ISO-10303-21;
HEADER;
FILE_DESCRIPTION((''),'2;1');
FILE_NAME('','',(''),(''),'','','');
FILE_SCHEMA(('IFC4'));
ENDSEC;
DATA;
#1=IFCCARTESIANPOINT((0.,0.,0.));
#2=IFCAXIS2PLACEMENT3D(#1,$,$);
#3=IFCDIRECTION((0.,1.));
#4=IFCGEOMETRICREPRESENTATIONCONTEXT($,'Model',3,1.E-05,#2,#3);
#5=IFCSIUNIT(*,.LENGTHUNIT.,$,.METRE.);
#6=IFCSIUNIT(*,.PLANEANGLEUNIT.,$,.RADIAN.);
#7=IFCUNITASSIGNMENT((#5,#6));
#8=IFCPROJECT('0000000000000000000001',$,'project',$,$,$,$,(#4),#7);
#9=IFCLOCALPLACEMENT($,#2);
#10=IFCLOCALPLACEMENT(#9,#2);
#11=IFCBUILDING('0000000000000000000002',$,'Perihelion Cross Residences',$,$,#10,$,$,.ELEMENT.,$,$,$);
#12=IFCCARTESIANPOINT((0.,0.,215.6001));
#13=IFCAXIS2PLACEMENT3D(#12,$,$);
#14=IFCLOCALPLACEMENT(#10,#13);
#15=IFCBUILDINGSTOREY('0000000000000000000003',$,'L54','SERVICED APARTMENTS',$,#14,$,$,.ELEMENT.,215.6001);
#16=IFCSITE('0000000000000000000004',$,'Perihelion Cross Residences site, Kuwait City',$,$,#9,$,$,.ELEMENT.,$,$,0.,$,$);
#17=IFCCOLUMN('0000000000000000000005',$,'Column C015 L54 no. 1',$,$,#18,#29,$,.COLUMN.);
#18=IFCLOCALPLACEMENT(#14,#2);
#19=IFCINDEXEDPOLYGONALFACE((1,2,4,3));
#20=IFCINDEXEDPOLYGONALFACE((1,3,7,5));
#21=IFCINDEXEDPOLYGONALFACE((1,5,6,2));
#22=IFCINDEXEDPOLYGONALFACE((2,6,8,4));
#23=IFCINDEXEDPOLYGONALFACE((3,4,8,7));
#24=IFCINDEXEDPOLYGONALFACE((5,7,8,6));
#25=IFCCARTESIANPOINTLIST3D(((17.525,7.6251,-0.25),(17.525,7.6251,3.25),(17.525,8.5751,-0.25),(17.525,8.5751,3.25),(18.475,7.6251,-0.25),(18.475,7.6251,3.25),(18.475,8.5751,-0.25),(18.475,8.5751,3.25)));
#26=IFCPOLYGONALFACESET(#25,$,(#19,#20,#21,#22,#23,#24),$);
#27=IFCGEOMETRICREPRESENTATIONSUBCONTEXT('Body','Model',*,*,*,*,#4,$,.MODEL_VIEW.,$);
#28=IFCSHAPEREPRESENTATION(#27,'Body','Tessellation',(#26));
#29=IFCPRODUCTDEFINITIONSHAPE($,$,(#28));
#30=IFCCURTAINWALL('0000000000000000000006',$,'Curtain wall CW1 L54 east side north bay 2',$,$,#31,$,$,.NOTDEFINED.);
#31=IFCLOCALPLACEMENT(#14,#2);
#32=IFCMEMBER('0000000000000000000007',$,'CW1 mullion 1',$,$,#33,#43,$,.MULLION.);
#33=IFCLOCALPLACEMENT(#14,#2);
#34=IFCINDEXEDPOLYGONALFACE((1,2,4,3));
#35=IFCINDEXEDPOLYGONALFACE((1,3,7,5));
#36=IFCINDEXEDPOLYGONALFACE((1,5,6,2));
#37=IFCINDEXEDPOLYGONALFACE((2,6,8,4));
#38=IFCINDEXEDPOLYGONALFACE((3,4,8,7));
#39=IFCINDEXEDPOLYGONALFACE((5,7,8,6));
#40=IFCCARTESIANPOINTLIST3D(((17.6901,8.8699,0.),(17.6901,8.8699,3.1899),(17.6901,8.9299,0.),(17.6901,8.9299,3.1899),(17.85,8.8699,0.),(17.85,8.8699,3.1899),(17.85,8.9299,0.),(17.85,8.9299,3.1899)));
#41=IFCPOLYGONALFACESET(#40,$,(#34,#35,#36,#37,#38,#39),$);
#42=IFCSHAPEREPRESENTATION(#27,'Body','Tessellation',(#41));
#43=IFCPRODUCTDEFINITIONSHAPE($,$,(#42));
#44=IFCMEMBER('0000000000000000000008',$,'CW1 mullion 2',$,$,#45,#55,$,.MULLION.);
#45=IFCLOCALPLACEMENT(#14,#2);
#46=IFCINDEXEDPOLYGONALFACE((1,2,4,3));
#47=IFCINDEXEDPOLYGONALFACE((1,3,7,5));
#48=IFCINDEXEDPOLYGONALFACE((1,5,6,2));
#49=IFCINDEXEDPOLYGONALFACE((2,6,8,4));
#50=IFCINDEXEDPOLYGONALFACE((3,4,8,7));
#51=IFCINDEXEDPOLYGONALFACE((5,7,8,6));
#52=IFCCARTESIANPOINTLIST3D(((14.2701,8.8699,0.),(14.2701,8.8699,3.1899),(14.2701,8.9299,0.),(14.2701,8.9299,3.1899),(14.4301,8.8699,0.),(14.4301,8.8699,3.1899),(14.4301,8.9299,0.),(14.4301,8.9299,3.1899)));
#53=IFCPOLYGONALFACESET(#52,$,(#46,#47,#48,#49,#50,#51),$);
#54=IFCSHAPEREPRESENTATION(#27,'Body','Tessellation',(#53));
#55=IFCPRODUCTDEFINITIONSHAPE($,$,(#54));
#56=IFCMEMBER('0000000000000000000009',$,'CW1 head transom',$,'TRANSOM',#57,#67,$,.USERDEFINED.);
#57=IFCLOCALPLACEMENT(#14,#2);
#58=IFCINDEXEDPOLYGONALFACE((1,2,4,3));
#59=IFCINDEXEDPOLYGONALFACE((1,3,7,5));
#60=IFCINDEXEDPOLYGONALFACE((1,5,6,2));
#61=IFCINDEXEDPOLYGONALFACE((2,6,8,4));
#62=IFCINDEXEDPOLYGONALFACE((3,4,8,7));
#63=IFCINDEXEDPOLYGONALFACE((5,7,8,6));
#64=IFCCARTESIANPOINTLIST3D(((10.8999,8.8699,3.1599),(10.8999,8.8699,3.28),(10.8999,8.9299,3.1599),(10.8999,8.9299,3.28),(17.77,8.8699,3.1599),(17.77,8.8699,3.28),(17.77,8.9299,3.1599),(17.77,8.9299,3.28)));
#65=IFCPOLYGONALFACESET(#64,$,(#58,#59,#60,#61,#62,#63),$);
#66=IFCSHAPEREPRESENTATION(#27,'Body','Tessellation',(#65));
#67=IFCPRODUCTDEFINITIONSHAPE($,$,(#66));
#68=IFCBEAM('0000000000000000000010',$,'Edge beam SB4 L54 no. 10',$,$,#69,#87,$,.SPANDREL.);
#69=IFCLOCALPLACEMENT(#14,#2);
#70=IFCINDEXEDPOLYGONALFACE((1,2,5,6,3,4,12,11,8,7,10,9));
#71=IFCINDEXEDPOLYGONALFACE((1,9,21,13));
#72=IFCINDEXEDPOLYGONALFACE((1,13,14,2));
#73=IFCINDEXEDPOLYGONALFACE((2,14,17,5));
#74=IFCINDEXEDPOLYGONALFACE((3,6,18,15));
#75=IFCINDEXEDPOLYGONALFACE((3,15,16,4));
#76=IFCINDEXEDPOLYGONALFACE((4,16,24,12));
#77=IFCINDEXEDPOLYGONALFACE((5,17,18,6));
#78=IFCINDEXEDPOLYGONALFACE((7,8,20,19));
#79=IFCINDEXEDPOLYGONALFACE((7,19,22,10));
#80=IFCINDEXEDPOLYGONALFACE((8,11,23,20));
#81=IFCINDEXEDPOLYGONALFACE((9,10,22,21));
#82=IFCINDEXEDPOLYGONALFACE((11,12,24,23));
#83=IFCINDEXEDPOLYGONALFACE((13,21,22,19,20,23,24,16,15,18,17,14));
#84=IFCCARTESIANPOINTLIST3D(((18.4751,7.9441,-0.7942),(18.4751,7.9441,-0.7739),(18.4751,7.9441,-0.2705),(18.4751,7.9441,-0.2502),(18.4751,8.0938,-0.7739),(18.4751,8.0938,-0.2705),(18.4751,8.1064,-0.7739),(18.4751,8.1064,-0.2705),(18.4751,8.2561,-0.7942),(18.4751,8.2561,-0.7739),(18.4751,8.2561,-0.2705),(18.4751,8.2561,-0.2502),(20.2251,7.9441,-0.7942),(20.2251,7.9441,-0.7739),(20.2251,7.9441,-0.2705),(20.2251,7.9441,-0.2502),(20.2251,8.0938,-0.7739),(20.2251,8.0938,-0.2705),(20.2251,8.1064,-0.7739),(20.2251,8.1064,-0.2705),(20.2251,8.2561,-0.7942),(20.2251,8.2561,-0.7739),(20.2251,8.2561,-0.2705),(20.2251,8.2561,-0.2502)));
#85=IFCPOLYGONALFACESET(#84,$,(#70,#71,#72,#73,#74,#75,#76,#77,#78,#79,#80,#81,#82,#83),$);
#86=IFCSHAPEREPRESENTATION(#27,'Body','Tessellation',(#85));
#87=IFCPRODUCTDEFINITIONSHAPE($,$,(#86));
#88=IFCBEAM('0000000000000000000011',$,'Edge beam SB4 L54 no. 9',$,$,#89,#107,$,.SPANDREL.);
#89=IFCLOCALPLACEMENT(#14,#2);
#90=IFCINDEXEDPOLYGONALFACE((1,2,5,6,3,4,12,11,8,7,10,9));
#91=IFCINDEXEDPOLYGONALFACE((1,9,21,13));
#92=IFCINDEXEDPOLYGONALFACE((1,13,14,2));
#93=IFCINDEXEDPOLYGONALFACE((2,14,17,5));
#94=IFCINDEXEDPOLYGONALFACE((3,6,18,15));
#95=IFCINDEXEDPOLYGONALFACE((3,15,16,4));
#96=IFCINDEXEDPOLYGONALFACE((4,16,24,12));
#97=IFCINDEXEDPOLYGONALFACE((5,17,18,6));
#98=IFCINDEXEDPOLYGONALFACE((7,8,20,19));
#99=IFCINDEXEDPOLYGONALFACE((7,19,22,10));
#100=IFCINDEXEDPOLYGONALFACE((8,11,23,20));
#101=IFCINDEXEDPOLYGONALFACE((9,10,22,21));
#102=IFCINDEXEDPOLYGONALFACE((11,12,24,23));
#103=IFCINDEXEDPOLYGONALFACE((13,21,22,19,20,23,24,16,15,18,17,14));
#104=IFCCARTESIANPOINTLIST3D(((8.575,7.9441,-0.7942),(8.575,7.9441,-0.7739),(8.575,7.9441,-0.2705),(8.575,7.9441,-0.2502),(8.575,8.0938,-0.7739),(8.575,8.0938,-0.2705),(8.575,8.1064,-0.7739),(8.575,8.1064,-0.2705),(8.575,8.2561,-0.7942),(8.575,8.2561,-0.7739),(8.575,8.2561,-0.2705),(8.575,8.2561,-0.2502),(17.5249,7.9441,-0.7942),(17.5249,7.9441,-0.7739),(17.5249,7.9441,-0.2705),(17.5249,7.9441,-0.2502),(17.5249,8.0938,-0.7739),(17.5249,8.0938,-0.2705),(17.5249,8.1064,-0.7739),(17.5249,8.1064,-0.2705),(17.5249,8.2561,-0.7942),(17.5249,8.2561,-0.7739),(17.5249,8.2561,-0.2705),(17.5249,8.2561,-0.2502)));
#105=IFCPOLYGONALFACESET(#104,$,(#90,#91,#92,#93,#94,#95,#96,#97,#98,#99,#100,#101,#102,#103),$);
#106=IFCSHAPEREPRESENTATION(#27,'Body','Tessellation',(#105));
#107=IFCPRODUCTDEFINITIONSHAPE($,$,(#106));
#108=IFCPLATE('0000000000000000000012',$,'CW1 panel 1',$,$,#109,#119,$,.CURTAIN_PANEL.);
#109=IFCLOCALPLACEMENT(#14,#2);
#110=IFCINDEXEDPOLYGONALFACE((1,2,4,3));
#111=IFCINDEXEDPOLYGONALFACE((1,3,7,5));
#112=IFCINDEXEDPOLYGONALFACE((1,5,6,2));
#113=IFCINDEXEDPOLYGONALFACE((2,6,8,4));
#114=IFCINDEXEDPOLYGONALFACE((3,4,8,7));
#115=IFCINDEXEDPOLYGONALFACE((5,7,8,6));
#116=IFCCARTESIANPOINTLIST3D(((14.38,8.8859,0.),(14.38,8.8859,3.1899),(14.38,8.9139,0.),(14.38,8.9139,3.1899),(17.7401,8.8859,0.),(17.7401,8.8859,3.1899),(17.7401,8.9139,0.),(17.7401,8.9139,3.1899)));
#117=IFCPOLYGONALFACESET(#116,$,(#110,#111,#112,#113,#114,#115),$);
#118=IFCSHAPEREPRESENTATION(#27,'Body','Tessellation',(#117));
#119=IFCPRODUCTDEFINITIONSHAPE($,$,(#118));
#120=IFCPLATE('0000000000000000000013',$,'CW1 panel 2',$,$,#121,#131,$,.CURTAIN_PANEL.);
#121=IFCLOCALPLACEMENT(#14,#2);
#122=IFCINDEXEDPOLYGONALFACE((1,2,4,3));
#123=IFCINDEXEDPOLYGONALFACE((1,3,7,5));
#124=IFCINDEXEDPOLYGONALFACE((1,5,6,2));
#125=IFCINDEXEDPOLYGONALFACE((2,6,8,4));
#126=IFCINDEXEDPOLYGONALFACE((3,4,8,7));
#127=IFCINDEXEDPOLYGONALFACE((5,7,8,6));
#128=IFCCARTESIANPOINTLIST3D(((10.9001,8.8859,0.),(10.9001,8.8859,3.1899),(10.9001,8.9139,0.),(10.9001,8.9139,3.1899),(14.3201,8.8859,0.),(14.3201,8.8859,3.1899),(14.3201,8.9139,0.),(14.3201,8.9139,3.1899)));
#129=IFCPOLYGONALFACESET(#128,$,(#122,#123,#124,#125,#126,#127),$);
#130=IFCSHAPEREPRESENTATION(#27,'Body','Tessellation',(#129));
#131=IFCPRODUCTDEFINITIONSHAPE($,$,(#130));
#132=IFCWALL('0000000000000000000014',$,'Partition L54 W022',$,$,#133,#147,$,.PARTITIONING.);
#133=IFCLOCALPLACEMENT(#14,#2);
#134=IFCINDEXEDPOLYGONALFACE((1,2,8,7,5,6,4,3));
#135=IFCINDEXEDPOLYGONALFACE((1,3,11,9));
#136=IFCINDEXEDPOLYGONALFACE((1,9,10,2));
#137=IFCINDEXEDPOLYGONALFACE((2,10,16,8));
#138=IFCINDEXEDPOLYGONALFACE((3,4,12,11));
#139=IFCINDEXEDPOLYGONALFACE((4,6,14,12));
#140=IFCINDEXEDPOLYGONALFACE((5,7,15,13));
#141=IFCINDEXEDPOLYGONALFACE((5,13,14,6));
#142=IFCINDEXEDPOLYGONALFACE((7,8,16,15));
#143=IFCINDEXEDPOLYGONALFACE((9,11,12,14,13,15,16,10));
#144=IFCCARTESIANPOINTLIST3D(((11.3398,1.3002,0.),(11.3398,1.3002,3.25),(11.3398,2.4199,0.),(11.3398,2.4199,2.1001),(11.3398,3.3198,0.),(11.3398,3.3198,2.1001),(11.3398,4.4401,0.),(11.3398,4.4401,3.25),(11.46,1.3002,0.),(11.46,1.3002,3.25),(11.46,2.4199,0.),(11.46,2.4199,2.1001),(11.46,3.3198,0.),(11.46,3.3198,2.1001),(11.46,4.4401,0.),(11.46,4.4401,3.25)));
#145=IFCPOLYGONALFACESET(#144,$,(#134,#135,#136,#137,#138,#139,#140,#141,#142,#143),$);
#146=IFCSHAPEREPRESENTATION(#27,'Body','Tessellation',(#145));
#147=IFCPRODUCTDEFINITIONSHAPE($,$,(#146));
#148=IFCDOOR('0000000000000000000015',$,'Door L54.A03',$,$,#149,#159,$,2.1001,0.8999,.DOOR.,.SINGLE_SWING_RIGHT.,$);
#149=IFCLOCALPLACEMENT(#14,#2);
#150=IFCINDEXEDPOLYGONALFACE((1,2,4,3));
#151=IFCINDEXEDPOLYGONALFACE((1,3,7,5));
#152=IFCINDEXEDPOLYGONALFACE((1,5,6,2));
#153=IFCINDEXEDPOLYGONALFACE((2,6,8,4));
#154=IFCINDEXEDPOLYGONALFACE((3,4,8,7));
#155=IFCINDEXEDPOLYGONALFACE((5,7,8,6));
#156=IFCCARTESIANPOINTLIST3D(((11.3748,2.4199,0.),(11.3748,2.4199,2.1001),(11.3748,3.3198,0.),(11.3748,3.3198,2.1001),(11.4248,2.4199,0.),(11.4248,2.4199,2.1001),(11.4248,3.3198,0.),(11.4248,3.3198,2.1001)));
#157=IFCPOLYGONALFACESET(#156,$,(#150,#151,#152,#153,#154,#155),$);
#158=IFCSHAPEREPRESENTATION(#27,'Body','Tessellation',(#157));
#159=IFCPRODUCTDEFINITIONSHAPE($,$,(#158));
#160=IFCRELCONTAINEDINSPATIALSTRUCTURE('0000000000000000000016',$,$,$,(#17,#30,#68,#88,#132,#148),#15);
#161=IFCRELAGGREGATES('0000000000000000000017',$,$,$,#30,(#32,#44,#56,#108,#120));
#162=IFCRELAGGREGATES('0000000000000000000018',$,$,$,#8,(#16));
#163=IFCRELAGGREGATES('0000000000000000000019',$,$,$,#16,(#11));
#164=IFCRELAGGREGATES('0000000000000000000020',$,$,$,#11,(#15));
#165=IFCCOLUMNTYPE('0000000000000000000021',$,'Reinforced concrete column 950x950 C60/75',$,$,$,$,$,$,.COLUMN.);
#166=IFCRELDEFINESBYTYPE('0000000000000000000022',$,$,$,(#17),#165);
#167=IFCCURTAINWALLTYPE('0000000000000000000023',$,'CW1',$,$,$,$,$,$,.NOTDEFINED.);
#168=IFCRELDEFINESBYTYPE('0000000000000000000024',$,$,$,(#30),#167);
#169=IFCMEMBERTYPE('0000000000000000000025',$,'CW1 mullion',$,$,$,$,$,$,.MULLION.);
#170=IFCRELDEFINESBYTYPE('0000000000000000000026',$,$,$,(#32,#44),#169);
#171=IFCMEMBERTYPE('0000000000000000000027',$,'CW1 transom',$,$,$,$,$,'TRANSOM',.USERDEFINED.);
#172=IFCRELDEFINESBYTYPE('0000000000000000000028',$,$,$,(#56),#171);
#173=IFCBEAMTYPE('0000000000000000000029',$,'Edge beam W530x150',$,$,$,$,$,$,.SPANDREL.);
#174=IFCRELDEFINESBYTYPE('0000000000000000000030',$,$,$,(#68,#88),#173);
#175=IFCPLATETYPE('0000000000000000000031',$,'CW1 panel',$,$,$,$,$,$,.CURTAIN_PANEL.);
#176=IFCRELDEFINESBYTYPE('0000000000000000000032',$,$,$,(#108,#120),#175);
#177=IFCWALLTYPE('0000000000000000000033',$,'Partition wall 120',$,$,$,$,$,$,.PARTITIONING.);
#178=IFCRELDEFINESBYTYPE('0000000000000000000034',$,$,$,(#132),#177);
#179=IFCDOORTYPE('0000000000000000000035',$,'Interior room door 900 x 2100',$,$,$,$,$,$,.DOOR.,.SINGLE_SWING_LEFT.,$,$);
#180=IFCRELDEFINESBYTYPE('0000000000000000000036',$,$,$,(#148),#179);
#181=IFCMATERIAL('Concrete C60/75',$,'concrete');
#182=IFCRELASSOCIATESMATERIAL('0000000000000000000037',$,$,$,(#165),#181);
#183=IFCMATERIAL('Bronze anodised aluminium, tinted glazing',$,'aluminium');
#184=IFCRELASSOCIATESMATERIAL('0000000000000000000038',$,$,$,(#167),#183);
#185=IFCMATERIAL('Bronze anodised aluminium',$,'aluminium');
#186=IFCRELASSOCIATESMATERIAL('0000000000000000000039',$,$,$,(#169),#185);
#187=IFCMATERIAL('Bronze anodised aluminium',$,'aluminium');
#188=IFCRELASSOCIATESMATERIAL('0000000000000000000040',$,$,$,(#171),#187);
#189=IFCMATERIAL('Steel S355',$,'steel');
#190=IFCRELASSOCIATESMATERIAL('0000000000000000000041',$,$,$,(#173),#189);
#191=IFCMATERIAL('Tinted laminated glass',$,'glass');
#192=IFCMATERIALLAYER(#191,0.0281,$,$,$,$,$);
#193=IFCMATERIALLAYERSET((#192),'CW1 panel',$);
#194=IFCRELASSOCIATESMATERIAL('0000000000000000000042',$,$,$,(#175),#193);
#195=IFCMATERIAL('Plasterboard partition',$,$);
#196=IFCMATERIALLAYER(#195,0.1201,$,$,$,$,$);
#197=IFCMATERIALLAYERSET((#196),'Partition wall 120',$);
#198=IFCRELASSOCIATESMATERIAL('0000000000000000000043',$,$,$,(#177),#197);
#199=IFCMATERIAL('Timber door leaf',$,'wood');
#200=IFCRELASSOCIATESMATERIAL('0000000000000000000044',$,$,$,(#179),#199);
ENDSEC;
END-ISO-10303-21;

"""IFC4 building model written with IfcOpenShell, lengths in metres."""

from ifc_helpers import new_model, si_unit, direction, frame, frame_2d, origin, origin_2d, place, context, subcontext, project, spatial, rectangle, i_section, extrude, material, layer, layer_set, material_profile, profile_set, type_object, element, fill, aggregate, save


model = new_model("IFC4")

# Units and contexts
model_context = context("Model", 3, precision=1e-05, world=origin(), true_north=direction((0.0, 1.0)))
body_context = subcontext(model_context, "Body", "Model", "MODEL_VIEW")
ifc_project = project(units=[si_unit("LENGTHUNIT", "METRE"), si_unit("PLANEANGLEUNIT", "RADIAN")], contexts=[model_context])

# Site, building, storey
site_placement = place(None, origin())
site = spatial("IfcSite", under=ifc_project, at=site_placement, Name="Perihelion Cross Residences site, Kuwait City", CompositionType="ELEMENT", RefElevation=0.0)
building_placement = place(site_placement, origin())
building = spatial("IfcBuilding", under=site, at=building_placement, Name="Perihelion Cross Residences", CompositionType="ELEMENT")
storey_placement = place(building_placement, frame((0.0, 0.0, 215.6001)))
storey = spatial("IfcBuildingStorey", under=building, at=storey_placement, Name="L54", Description="SERVICED APARTMENTS", CompositionType="ELEMENT", Elevation=215.6001)

# Column
ifc_material_1 = material(Name="Concrete C60/75", Category="concrete")
ifc_material_profile_1 = material_profile(ifc_material_1, rectangle(XDim=0.95, YDim=0.95, at=origin_2d()), Name="RC 950x950")
ifc_profile_set_1 = profile_set([ifc_material_profile_1], Name="Concrete C60/75")
column_type = type_object("IfcColumnType", Name="Reinforced concrete column 950x950 C60/75", PredefinedType="COLUMN", material=ifc_profile_set_1)
column_placement = place(storey_placement, frame((18.0, 8.1001, -0.25), z_axis=(0.0, 0.0, 1.0), x_axis=(1.0, 0.0, 0.0)))
element("IfcColumn", 1, at=column_placement, inside=storey, type_object=column_type, Name="Column C015 L54 no. 1", PredefinedType="COLUMN", context=body_context, shape_type="SweptSolid", body=[
    extrude(rectangle(XDim=0.95, YDim=0.95, at=origin_2d()), origin(), (0.0, 0.0, 1.0), 3.5),
])

# Curtain wall, members
ifc_material_2 = material(Name="Bronze anodised aluminium, tinted glazing", Category="aluminium")
curtain_wall_type = type_object("IfcCurtainWallType", Name="CW1", PredefinedType="NOTDEFINED", material=ifc_material_2)
curtain_wall_placement = place(storey_placement, origin())
curtain_wall = element("IfcCurtainWall", 2, at=curtain_wall_placement, inside=storey, type_object=curtain_wall_type, Name="Curtain wall CW1 L54 east side north bay 2", PredefinedType="NOTDEFINED")
ifc_material_3 = material(Name="Bronze anodised aluminium", Category="aluminium")
ifc_material_profile_2 = material_profile(ifc_material_3, rectangle(XDim=0.0601, YDim=0.1599, at=origin_2d()), Name="CW1 mullion")
ifc_profile_set_2 = profile_set([ifc_material_profile_2], Name="Bronze anodised aluminium")
member_type_1 = type_object("IfcMemberType", Name="CW1 mullion", PredefinedType="MULLION", material=ifc_profile_set_2)
member_1_placement = place(storey_placement, frame((17.77, 8.8999, 0.0), z_axis=(0.0, 0.0, 1.0), x_axis=(0.0, -1.0, 0.0)))
member_1 = element("IfcMember", 3, at=member_1_placement, type_object=member_type_1, Name="CW1 mullion 1", PredefinedType="MULLION", context=body_context, shape_type="SweptSolid", body=[
    extrude(rectangle(XDim=0.0601, YDim=0.1599, at=origin_2d()), origin(), (0.0, 0.0, 1.0), 3.1899),
])
member_2_placement = place(storey_placement, frame((14.3501, 8.8999, 0.0), z_axis=(0.0, 0.0, 1.0), x_axis=(0.0, -1.0, 0.0)))
member_2 = element("IfcMember", 4, at=member_2_placement, type_object=member_type_1, Name="CW1 mullion 2", PredefinedType="MULLION", context=body_context, shape_type="SweptSolid", body=[
    extrude(rectangle(XDim=0.0601, YDim=0.1599, at=origin_2d()), origin(), (0.0, 0.0, 1.0), 3.1899),
])
ifc_material_4 = material(Name="Bronze anodised aluminium", Category="aluminium")
ifc_material_profile_3 = material_profile(ifc_material_4, rectangle(XDim=0.0601, YDim=0.1201, at=origin_2d()), Name="CW1 transom")
ifc_profile_set_3 = profile_set([ifc_material_profile_3], Name="Bronze anodised aluminium")
member_type_2 = type_object("IfcMemberType", Name="CW1 transom", ElementType="TRANSOM", PredefinedType="USERDEFINED", material=ifc_profile_set_3)
member_3_placement = place(storey_placement, frame((17.77, 8.8999, 3.22), z_axis=(-1.0, 0.0, 0.0), x_axis=(0.0, -1.0, 0.0)))
member_3 = element("IfcMember", 5, at=member_3_placement, type_object=member_type_2, Name="CW1 head transom", ObjectType="TRANSOM", PredefinedType="USERDEFINED", context=body_context, shape_type="SweptSolid", body=[
    extrude(rectangle(XDim=0.0601, YDim=0.1201, at=origin_2d()), origin(), (0.0, 0.0, 1.0), 6.8701),
])

# Beams
ifc_material_5 = material(Name="Steel S355", Category="steel")
ifc_material_profile_4 = material_profile(ifc_material_5, i_section(OverallWidth=0.312, OverallDepth=0.5439, WebThickness=0.0127, FlangeThickness=0.0203, at=origin_2d()), Name="W530x150")
ifc_profile_set_4 = profile_set([ifc_material_profile_4], Name="Steel S355")
beam_type = type_object("IfcBeamType", Name="Edge beam W530x150", PredefinedType="SPANDREL", material=ifc_profile_set_4)
beam_1_placement = place(storey_placement, frame((20.2251, 8.1001, -0.5222), z_axis=(-1.0, 0.0, 0.0), x_axis=(0.0, -1.0, 0.0)))
element("IfcBeam", 6, at=beam_1_placement, inside=storey, type_object=beam_type, Name="Edge beam SB4 L54 no. 10", PredefinedType="SPANDREL", context=body_context, shape_type="SweptSolid", body=[
    extrude(i_section(OverallWidth=0.312, OverallDepth=0.5439, WebThickness=0.0127, FlangeThickness=0.0203, at=origin_2d()), origin(), (0.0, 0.0, 1.0), 1.75),
])
beam_2_placement = place(storey_placement, frame((17.5249, 8.1001, -0.5222), z_axis=(-1.0, 0.0, 0.0), x_axis=(0.0, -1.0, 0.0)))
element("IfcBeam", 7, at=beam_2_placement, inside=storey, type_object=beam_type, Name="Edge beam SB4 L54 no. 9", PredefinedType="SPANDREL", context=body_context, shape_type="SweptSolid", body=[
    extrude(i_section(OverallWidth=0.312, OverallDepth=0.5439, WebThickness=0.0127, FlangeThickness=0.0203, at=origin_2d()), origin(), (0.0, 0.0, 1.0), 8.95),
])

# Plates
ifc_material_6 = material(Name="Tinted laminated glass", Category="glass")
ifc_layer_1 = layer(ifc_material_6, 0.0281)
ifc_layer_set_1 = layer_set([ifc_layer_1], Name="CW1 panel")
plate_type = type_object("IfcPlateType", Name="CW1 panel", PredefinedType="CURTAIN_PANEL", material=ifc_layer_set_1)
plate_1_placement = place(storey_placement, frame((16.0601, 8.8999, 0.0), z_axis=(0.0, 0.0, 1.0), x_axis=(-1.0, 0.0, 0.0)))
plate_1 = element("IfcPlate", 8, at=plate_1_placement, type_object=plate_type, Name="CW1 panel 1", PredefinedType="CURTAIN_PANEL", context=body_context, shape_type="SweptSolid", body=[
    extrude(rectangle(XDim=3.3601, YDim=0.0281, at=origin_2d()), origin(), (0.0, 0.0, 1.0), 3.1899),
])
plate_2_placement = place(storey_placement, frame((12.6101, 8.8999, 0.0), z_axis=(0.0, 0.0, 1.0), x_axis=(-1.0, 0.0, 0.0)))
plate_2 = element("IfcPlate", 9, at=plate_2_placement, type_object=plate_type, Name="CW1 panel 2", PredefinedType="CURTAIN_PANEL", context=body_context, shape_type="SweptSolid", body=[
    extrude(rectangle(XDim=3.4199, YDim=0.0281, at=origin_2d()), origin(), (0.0, 0.0, 1.0), 3.1899),
])
aggregate(curtain_wall, [member_1, member_2, member_3, plate_1, plate_2])

# Wall, opening, door
ifc_material_7 = material(Name="Plasterboard partition")
ifc_layer_2 = layer(ifc_material_7, 0.1201)
ifc_layer_set_2 = layer_set([ifc_layer_2], Name="Partition wall 120")
wall_type_1 = type_object("IfcWallType", Name="Partition wall 120", PredefinedType="PARTITIONING", material=ifc_layer_set_2)
wall_1_placement = place(storey_placement, frame((11.3999, 4.4399, 0.0), z_axis=(0.0, 0.0, 1.0), x_axis=(0.0, -1.0, 0.0)))
wall_1 = element("IfcWall", 10, at=wall_1_placement, inside=storey, type_object=wall_type_1, Name="Partition L54 W022", PredefinedType="PARTITIONING", context=body_context, shape_type="SweptSolid", body=[
    extrude(rectangle(XDim=3.1399, YDim=0.1201, at=frame_2d((1.5698, 0.0))), origin(), (0.0, 0.0, 1.0), 3.25),
])
opening_1_placement = place(wall_1_placement, frame((1.1201, 0.0, 0.0)))
opening_1 = element("IfcOpeningElement", 11, at=opening_1_placement, cuts=wall_1, PredefinedType="OPENING", context=body_context, shape_type="SweptSolid", body=[
    extrude(rectangle(XDim=0.8999, YDim=2.1001, at=frame_2d((0.45, 1.05))), frame((0.0, 0.0701, 0.0), z_axis=(0.0, -1.0, 0.0), x_axis=(1.0, 0.0, 0.0)), (0.0, 0.0, 1.0), 0.1401),
])
ifc_material_8 = material(Name="Timber door leaf", Category="wood")
door_type_1 = type_object("IfcDoorType", Name="Interior room door 900 x 2100", OperationType="SINGLE_SWING_LEFT", PredefinedType="DOOR", material=ifc_material_8)
door_1_placement = place(opening_1_placement, origin())
door_1 = element("IfcDoor", 12, at=door_1_placement, inside=storey, type_object=door_type_1, Name="Door L54.A03", OperationType="SINGLE_SWING_RIGHT", OverallHeight=2.1001, OverallWidth=0.8999, PredefinedType="DOOR", context=body_context, shape_type="SweptSolid", body=[
    extrude(rectangle(XDim=0.8999, YDim=2.1001, at=frame_2d((0.45, 1.05))), frame((0.0, 0.0249, 0.0), z_axis=(0.0, -1.0, 0.0), x_axis=(1.0, 0.0, 0.0)), (0.0, 0.0, 1.0), 0.05),
])
fill(opening_1, door_1)

save(model, "model.ifc")
